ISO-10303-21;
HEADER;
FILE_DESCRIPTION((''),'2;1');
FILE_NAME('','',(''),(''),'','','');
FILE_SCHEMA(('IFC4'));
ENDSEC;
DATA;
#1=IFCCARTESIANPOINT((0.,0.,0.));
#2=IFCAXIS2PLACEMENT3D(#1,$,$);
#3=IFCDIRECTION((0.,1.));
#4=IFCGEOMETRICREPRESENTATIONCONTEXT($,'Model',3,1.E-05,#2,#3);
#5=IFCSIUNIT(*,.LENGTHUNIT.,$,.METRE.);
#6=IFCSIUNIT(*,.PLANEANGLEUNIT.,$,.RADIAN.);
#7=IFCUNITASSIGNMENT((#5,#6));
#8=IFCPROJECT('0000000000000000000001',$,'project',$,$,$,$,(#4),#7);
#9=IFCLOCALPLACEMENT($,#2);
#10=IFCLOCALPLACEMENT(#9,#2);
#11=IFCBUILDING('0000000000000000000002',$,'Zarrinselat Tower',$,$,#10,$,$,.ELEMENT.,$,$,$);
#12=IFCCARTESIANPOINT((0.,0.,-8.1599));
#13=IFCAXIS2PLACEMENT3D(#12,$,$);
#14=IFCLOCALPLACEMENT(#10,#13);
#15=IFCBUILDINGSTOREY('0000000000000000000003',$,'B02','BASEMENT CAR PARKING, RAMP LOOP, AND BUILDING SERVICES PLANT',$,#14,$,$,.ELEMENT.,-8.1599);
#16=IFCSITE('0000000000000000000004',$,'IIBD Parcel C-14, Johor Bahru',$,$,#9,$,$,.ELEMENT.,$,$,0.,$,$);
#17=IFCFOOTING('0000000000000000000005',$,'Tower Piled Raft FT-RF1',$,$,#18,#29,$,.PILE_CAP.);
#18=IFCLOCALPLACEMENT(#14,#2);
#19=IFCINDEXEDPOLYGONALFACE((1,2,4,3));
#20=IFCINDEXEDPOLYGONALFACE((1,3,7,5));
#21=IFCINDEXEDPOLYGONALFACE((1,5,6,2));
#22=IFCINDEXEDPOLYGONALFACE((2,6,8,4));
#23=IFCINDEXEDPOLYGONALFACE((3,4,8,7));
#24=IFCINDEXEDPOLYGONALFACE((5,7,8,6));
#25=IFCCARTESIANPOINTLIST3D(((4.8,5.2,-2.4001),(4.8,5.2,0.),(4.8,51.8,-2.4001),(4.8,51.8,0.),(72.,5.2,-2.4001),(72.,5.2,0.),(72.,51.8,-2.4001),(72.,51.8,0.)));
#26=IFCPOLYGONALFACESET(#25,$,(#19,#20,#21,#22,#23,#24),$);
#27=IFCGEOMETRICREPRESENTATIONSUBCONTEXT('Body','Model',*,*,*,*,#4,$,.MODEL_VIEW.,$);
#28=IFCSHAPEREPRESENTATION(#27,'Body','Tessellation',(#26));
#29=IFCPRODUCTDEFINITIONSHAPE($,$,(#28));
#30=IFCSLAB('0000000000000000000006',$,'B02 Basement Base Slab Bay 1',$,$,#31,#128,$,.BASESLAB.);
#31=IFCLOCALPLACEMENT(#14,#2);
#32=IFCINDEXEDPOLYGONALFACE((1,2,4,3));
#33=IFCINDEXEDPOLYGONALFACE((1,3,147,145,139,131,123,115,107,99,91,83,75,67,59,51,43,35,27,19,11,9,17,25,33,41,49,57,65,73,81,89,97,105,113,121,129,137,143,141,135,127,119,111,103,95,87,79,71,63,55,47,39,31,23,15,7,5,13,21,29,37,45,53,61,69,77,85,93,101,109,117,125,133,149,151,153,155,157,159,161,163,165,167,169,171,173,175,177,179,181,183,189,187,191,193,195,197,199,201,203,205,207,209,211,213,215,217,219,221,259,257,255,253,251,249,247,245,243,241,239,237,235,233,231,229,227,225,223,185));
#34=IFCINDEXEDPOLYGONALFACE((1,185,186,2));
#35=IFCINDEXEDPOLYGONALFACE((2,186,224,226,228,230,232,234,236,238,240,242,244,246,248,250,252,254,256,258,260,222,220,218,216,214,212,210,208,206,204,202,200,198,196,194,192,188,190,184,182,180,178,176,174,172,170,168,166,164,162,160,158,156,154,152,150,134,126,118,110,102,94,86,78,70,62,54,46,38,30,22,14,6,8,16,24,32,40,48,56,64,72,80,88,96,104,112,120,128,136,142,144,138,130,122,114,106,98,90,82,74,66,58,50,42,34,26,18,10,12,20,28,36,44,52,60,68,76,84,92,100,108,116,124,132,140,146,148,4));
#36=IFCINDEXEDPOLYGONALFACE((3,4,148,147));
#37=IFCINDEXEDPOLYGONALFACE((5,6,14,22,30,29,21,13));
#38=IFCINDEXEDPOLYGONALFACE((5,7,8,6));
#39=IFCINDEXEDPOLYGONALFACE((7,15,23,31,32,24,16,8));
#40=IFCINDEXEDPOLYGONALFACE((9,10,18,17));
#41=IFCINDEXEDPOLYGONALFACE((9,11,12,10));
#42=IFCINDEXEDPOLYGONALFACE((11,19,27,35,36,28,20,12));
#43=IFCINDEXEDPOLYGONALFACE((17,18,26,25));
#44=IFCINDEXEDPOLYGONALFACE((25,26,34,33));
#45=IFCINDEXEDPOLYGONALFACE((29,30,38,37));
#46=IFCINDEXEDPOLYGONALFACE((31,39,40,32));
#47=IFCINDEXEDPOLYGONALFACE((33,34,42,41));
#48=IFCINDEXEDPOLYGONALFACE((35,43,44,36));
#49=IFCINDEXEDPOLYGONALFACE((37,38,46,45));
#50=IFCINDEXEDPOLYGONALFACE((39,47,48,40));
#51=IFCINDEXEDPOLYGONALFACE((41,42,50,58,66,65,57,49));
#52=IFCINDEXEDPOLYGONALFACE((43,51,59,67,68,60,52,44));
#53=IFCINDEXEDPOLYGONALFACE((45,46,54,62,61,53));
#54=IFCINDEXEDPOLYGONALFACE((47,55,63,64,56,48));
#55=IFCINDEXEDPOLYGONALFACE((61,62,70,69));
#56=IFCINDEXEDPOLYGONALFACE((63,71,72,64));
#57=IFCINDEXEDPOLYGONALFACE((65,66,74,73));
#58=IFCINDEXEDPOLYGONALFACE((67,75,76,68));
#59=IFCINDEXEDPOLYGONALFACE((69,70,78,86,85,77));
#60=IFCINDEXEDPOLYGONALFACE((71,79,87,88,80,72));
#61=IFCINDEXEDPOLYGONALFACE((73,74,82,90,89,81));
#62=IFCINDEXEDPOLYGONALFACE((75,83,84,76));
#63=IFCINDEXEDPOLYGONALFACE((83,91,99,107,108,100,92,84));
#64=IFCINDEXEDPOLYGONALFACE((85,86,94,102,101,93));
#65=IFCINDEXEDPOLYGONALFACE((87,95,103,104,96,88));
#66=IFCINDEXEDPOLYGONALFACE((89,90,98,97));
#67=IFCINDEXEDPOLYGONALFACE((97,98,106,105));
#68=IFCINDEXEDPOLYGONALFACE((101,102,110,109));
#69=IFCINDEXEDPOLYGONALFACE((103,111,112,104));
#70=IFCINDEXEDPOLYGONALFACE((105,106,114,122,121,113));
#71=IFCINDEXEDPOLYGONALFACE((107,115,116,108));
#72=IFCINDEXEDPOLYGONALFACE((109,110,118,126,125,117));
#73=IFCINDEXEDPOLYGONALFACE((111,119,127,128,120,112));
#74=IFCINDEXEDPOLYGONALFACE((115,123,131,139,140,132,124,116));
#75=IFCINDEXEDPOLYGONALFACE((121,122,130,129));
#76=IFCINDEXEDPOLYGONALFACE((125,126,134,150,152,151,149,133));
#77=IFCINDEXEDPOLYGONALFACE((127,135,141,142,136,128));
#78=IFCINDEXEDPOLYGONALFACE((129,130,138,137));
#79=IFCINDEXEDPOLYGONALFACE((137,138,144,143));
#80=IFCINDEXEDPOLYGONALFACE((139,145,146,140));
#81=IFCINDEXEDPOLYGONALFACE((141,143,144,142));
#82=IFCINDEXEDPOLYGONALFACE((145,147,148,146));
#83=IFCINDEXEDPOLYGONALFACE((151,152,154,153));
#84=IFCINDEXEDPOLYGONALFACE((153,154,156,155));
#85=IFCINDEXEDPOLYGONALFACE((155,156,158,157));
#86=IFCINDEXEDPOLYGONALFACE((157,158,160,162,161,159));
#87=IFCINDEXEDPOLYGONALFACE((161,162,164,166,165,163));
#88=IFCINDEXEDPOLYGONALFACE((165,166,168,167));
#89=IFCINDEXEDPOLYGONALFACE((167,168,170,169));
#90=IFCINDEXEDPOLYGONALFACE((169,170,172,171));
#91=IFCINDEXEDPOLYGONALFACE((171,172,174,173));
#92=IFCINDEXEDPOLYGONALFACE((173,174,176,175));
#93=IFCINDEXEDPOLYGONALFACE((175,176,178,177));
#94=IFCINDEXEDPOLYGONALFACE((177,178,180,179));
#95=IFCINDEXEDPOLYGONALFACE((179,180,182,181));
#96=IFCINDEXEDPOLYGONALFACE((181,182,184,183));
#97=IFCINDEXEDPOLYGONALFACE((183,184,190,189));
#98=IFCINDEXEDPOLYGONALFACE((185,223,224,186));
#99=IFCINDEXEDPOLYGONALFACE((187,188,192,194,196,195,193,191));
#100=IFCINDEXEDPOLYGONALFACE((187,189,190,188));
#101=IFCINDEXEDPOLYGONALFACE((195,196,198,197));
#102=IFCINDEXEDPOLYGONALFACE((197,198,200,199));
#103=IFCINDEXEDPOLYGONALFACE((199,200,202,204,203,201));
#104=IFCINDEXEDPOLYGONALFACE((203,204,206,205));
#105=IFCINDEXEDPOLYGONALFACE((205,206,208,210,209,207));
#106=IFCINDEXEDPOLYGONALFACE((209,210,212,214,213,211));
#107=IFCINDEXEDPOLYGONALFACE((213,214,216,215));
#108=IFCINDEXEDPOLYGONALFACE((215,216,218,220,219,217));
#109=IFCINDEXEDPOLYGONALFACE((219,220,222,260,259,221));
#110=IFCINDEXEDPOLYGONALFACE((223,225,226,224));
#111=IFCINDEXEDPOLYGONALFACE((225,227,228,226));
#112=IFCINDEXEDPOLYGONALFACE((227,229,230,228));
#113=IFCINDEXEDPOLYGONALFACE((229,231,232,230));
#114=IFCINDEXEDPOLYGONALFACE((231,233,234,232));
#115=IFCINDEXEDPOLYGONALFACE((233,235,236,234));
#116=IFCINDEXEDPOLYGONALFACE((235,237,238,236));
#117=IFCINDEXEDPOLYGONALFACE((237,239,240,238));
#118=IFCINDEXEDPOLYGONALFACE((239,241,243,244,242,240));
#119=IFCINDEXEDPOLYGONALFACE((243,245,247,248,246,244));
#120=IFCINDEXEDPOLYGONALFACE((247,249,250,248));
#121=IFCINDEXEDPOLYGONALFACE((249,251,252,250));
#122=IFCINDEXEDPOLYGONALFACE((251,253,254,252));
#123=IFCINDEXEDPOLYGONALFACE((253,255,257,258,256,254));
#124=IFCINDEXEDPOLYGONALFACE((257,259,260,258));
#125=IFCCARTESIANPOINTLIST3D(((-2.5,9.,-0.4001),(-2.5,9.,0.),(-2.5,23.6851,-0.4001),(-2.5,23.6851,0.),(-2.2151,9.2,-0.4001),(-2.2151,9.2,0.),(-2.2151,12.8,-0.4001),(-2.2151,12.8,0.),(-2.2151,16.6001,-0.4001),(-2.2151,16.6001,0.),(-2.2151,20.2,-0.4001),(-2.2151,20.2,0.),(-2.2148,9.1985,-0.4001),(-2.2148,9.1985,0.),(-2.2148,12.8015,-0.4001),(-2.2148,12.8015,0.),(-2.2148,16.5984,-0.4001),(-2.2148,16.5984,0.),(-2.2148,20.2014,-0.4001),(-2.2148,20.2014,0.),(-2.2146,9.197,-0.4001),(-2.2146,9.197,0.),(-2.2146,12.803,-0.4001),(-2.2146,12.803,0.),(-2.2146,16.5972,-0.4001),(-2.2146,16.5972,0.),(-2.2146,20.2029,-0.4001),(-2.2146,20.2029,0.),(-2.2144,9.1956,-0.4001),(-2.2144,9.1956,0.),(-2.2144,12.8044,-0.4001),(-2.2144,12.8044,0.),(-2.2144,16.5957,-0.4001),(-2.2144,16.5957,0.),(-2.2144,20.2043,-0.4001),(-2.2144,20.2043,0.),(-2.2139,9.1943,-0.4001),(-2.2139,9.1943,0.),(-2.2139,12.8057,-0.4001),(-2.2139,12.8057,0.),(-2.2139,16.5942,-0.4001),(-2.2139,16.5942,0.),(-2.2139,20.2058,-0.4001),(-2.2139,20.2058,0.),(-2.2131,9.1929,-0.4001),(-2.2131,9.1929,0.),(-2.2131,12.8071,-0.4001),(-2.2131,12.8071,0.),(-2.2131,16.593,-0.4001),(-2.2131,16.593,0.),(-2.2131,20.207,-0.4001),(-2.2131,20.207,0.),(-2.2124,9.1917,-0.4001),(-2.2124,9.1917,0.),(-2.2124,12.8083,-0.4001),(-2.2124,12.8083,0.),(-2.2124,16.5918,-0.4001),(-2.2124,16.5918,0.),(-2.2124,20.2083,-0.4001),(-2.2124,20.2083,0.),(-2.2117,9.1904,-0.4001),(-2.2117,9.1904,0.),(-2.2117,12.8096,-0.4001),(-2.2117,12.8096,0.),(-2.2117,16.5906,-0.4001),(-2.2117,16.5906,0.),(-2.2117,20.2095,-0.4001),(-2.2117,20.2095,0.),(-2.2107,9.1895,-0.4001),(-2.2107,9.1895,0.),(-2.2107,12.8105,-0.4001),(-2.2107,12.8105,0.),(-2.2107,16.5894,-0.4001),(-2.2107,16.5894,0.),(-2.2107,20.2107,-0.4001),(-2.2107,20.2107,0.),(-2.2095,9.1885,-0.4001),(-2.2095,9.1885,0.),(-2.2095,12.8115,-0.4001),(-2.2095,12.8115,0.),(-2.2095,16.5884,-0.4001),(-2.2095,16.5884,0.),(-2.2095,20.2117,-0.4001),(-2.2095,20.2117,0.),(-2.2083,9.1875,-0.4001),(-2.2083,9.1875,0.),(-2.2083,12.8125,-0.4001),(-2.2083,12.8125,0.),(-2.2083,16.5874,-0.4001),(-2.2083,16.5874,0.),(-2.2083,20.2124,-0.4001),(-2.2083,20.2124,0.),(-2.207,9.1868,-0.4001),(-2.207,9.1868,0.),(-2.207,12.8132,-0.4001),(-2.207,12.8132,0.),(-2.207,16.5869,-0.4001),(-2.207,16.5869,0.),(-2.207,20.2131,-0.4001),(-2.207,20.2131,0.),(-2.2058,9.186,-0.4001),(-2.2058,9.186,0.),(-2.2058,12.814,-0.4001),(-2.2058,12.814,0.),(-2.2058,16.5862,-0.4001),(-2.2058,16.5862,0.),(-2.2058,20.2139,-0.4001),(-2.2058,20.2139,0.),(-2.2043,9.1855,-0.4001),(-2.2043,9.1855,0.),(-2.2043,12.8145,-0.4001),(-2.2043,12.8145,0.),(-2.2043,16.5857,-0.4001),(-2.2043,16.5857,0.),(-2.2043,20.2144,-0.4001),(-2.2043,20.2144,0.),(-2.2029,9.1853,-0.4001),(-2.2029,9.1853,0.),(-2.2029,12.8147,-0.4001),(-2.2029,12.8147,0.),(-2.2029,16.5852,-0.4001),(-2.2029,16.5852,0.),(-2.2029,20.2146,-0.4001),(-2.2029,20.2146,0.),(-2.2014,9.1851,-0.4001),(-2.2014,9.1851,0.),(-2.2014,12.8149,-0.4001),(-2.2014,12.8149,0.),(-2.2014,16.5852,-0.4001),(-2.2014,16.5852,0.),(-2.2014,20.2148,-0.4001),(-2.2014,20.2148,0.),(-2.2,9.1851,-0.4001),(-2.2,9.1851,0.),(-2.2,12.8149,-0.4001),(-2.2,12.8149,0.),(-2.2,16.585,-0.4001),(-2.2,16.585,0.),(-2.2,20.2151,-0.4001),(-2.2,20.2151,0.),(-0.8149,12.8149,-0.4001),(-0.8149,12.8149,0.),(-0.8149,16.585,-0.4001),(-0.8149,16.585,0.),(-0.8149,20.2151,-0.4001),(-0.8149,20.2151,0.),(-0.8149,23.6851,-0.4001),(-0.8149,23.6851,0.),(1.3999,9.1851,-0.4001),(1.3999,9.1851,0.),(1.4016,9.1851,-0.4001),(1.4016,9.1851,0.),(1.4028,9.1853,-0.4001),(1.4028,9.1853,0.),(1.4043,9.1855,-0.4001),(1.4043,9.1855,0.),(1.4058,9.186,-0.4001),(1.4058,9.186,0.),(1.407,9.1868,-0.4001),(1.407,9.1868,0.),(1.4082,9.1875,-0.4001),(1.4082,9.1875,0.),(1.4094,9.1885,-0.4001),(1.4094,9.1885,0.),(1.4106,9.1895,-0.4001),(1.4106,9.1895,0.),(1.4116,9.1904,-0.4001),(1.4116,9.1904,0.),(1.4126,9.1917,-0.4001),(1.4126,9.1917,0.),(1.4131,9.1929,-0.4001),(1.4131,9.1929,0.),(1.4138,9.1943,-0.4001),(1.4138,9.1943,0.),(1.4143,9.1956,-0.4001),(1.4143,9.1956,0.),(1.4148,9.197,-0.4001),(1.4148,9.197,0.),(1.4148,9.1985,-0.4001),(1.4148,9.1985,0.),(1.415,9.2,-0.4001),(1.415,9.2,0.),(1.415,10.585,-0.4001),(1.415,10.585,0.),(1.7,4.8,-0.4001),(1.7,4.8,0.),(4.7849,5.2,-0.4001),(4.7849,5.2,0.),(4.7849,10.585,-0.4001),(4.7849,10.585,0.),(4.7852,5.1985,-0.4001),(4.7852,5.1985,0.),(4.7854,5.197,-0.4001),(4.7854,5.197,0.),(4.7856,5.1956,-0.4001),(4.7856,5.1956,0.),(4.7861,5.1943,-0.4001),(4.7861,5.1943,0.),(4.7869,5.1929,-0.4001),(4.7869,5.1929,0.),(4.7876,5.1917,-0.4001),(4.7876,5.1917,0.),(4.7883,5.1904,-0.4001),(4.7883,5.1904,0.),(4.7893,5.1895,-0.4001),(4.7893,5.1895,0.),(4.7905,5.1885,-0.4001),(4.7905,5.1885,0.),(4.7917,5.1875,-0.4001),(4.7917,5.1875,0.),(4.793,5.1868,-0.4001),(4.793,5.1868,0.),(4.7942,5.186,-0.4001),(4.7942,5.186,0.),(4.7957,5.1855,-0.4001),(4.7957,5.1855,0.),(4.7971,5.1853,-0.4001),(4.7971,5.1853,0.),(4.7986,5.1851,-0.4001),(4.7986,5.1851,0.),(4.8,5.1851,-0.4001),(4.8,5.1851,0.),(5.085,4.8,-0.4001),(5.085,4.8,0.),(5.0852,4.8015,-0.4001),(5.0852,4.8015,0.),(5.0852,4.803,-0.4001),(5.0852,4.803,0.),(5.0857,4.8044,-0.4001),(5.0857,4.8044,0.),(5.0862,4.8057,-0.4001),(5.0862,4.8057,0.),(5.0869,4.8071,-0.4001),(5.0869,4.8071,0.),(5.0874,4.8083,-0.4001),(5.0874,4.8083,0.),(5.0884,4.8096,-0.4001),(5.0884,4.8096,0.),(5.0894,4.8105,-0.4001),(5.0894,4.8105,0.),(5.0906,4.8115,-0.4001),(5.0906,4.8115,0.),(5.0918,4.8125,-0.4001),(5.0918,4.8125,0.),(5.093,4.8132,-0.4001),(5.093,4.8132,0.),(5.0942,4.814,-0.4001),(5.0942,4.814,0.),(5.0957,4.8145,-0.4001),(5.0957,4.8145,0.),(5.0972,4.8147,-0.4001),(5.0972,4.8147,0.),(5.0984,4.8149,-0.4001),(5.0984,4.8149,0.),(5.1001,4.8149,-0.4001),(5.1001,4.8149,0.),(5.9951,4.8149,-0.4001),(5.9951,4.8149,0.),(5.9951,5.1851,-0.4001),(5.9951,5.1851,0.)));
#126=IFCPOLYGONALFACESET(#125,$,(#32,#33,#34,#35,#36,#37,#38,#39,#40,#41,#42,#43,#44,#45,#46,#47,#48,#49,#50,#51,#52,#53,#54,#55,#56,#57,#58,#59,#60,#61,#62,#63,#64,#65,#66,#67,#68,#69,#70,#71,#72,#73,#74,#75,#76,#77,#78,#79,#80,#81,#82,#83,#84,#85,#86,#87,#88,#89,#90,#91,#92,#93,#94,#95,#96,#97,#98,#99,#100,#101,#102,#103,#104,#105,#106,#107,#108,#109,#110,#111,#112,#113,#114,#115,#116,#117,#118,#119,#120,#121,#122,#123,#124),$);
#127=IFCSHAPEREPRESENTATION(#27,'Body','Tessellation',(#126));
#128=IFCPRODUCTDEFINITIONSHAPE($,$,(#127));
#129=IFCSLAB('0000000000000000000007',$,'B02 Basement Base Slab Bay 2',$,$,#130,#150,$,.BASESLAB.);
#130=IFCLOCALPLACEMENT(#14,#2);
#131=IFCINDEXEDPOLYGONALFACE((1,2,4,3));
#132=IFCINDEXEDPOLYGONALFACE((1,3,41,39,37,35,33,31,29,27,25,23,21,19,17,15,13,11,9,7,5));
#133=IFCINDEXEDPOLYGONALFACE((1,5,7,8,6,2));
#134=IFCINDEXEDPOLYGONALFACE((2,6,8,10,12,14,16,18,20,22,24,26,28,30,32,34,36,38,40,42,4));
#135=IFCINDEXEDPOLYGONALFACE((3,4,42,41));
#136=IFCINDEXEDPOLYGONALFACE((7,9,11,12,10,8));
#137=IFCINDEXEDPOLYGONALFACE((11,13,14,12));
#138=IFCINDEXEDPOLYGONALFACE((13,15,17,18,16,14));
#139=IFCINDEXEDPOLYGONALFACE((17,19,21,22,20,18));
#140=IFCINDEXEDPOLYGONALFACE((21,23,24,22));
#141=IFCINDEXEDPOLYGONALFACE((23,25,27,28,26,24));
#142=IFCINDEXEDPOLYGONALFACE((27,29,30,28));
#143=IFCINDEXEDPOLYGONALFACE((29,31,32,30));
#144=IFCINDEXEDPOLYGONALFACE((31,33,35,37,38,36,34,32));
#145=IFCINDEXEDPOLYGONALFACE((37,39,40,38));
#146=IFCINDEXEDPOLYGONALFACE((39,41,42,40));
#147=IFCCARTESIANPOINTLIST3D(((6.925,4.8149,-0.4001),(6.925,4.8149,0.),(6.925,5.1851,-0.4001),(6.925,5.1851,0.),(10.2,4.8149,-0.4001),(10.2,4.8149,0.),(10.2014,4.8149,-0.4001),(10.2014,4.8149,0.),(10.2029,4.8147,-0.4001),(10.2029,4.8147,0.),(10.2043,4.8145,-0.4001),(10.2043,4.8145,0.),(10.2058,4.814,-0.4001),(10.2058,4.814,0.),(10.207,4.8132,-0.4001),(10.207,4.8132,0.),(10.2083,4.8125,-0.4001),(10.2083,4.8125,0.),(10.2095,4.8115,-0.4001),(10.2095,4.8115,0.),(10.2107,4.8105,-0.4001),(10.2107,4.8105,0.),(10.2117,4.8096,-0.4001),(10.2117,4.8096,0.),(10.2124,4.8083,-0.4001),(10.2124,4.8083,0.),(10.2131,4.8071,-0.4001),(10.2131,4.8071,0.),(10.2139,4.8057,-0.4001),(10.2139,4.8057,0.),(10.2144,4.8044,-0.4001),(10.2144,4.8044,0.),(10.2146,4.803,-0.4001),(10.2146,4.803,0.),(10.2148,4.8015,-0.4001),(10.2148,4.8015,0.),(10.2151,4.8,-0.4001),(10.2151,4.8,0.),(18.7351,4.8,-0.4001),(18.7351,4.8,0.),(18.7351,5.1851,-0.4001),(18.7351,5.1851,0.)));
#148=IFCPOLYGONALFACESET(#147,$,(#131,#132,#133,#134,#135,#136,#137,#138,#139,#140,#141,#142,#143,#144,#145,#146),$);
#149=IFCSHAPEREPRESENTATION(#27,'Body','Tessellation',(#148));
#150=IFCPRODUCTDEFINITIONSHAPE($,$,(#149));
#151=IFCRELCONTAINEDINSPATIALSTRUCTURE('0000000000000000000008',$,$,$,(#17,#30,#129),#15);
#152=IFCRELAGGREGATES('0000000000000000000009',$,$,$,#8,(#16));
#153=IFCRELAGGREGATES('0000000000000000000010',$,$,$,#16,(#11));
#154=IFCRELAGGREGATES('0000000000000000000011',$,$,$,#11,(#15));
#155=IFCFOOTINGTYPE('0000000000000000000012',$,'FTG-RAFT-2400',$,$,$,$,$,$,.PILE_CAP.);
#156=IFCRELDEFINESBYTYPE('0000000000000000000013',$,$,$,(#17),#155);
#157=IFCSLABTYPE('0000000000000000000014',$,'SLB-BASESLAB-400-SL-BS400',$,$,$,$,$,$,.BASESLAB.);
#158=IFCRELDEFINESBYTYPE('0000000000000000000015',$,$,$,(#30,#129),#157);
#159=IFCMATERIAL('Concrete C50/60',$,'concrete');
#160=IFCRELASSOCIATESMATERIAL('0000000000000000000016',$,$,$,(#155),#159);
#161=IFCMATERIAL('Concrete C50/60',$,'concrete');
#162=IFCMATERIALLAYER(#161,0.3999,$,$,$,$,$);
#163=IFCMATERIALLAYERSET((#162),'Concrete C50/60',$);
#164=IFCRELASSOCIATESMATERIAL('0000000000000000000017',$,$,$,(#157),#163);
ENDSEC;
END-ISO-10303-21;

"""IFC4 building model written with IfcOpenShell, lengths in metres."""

from ifc_helpers import new_model, si_unit, direction, frame, origin, place, context, subcontext, project, spatial, polyline, outline, extrude, material, layer, layer_set, type_object, element, save


model = new_model("IFC4")

# Units and contexts
model_context = context("Model", 3, precision=1e-05, world=origin(), true_north=direction((0.0, 1.0)))
body_context = subcontext(model_context, "Body", "Model", "MODEL_VIEW")
ifc_project = project(units=[si_unit("LENGTHUNIT", "METRE"), si_unit("PLANEANGLEUNIT", "RADIAN")], contexts=[model_context])

# Site, building, storey
site_placement = place(None, origin())
site = spatial("IfcSite", under=ifc_project, at=site_placement, Name="IIBD Parcel C-14, Johor Bahru", CompositionType="ELEMENT", RefElevation=0.0)
building_placement = place(site_placement, origin())
building = spatial("IfcBuilding", under=site, at=building_placement, Name="Zarrinselat Tower", CompositionType="ELEMENT")
storey_placement = place(building_placement, frame((0.0, 0.0, -8.1599)))
storey = spatial("IfcBuildingStorey", under=building, at=storey_placement, Name="B02", Description="BASEMENT CAR PARKING, RAMP LOOP, AND BUILDING SERVICES PLANT", CompositionType="ELEMENT", Elevation=-8.1599)

# Footing
ifc_material_1 = material(Name="Concrete C50/60", Category="concrete")
footing_type = type_object("IfcFootingType", Name="FTG-RAFT-2400", PredefinedType="PILE_CAP", material=ifc_material_1)
footing_placement = place(storey_placement, frame((0.0, 0.0, -2.4001)))
element("IfcFooting", 1, at=footing_placement, inside=storey, type_object=footing_type, Name="Tower Piled Raft FT-RF1", PredefinedType="PILE_CAP", context=body_context, shape_type="SweptSolid", body=[
    extrude(outline(polyline([(4.8, 5.2), (72.0, 5.2), (72.0, 51.8), (4.8, 51.8), (4.8, 5.2)])), origin(), (0.0, 0.0, 1.0), 2.4001),
])

# Slabs
ifc_material_2 = material(Name="Concrete C50/60", Category="concrete")
ifc_layer_1 = layer(ifc_material_2, 0.3999)
ifc_layer_set_1 = layer_set([ifc_layer_1], Name="Concrete C50/60")
slab_type_1 = type_object("IfcSlabType", Name="SLB-BASESLAB-400-SL-BS400", PredefinedType="BASESLAB", material=ifc_layer_set_1)
slab_1_placement = place(storey_placement, frame((0.0, 0.0, -0.4001)))
element("IfcSlab", 2, at=slab_1_placement, inside=storey, type_object=slab_type_1, Name="B02 Basement Base Slab Bay 1", PredefinedType="BASESLAB", context=body_context, shape_type="SweptSolid", body=[
    extrude(outline(polyline([(1.7, 4.8), (-2.5, 9.0), (-2.5, 23.6851), (-0.8149, 23.6851), (-0.8149, 20.2151), (-2.2, 20.2151), (-2.2014, 20.2148), (-2.2029, 20.2146), (-2.2043, 20.2144), (-2.2058, 20.2139), (-2.207, 20.2131), (-2.2083, 20.2124), (-2.2095, 20.2117), (-2.2107, 20.2107), (-2.2117, 20.2095), (-2.2124, 20.2083), (-2.2131, 20.207), (-2.2139, 20.2058), (-2.2144, 20.2043), (-2.2146, 20.2029), (-2.2148, 20.2014), (-2.2151, 20.2), (-2.2151, 16.6001), (-2.2148, 16.5984), (-2.2146, 16.5972), (-2.2144, 16.5957), (-2.2139, 16.5942), (-2.2131, 16.593), (-2.2124, 16.5918), (-2.2117, 16.5906), (-2.2107, 16.5894), (-2.2095, 16.5884), (-2.2083, 16.5874), (-2.207, 16.5869), (-2.2058, 16.5862), (-2.2043, 16.5857), (-2.2029, 16.5852), (-2.2014, 16.5852), (-2.2, 16.585), (-0.8149, 16.585), (-0.8149, 12.8149), (-2.2, 12.8149), (-2.2014, 12.8149), (-2.2029, 12.8147), (-2.2043, 12.8145), (-2.2058, 12.814), (-2.207, 12.8132), (-2.2083, 12.8125), (-2.2095, 12.8115), (-2.2107, 12.8105), (-2.2117, 12.8096), (-2.2124, 12.8083), (-2.2131, 12.8071), (-2.2139, 12.8057), (-2.2144, 12.8044), (-2.2146, 12.803), (-2.2148, 12.8015), (-2.2151, 12.8), (-2.2151, 9.2), (-2.2148, 9.1985), (-2.2146, 9.197), (-2.2144, 9.1956), (-2.2139, 9.1943), (-2.2131, 9.1929), (-2.2124, 9.1917), (-2.2117, 9.1904), (-2.2107, 9.1895), (-2.2095, 9.1885), (-2.2083, 9.1875), (-2.207, 9.1868), (-2.2058, 9.186), (-2.2043, 9.1855), (-2.2029, 9.1853), (-2.2014, 9.1851), (-2.2, 9.1851), (1.3999, 9.1851), (1.4016, 9.1851), (1.4028, 9.1853), (1.4043, 9.1855), (1.4058, 9.186), (1.407, 9.1868), (1.4082, 9.1875), (1.4094, 9.1885), (1.4106, 9.1895), (1.4116, 9.1904), (1.4126, 9.1917), (1.4131, 9.1929), (1.4138, 9.1943), (1.4143, 9.1956), (1.4148, 9.197), (1.4148, 9.1985), (1.415, 9.2), (1.415, 10.585), (4.7849, 10.585), (4.7849, 5.2), (4.7852, 5.1985), (4.7854, 5.197), (4.7856, 5.1956), (4.7861, 5.1943), (4.7869, 5.1929), (4.7876, 5.1917), (4.7883, 5.1904), (4.7893, 5.1895), (4.7905, 5.1885), (4.7917, 5.1875), (4.793, 5.1868), (4.7942, 5.186), (4.7957, 5.1855), (4.7971, 5.1853), (4.7986, 5.1851), (4.8, 5.1851), (5.9951, 5.1851), (5.9951, 4.8149), (5.1001, 4.8149), (5.0984, 4.8149), (5.0972, 4.8147), (5.0957, 4.8145), (5.0942, 4.814), (5.093, 4.8132), (5.0918, 4.8125), (5.0906, 4.8115), (5.0894, 4.8105), (5.0884, 4.8096), (5.0874, 4.8083), (5.0869, 4.8071), (5.0862, 4.8057), (5.0857, 4.8044), (5.0852, 4.803), (5.0852, 4.8015), (5.085, 4.8), (1.7, 4.8)])), origin(), (0.0, 0.0, 1.0), 0.4001),
])
slab_2_placement = place(storey_placement, frame((0.0, 0.0, -0.4001)))
element("IfcSlab", 3, at=slab_2_placement, inside=storey, type_object=slab_type_1, Name="B02 Basement Base Slab Bay 2", PredefinedType="BASESLAB", context=body_context, shape_type="SweptSolid", body=[
    extrude(outline(polyline([(10.2151, 4.8), (10.2148, 4.8015), (10.2146, 4.803), (10.2144, 4.8044), (10.2139, 4.8057), (10.2131, 4.8071), (10.2124, 4.8083), (10.2117, 4.8096), (10.2107, 4.8105), (10.2095, 4.8115), (10.2083, 4.8125), (10.207, 4.8132), (10.2058, 4.814), (10.2043, 4.8145), (10.2029, 4.8147), (10.2014, 4.8149), (10.2, 4.8149), (6.925, 4.8149), (6.925, 5.1851), (18.7351, 5.1851), (18.7351, 4.8), (10.2151, 4.8)])), origin(), (0.0, 0.0, 1.0), 0.4001),
])

save(model, "model.ifc")
